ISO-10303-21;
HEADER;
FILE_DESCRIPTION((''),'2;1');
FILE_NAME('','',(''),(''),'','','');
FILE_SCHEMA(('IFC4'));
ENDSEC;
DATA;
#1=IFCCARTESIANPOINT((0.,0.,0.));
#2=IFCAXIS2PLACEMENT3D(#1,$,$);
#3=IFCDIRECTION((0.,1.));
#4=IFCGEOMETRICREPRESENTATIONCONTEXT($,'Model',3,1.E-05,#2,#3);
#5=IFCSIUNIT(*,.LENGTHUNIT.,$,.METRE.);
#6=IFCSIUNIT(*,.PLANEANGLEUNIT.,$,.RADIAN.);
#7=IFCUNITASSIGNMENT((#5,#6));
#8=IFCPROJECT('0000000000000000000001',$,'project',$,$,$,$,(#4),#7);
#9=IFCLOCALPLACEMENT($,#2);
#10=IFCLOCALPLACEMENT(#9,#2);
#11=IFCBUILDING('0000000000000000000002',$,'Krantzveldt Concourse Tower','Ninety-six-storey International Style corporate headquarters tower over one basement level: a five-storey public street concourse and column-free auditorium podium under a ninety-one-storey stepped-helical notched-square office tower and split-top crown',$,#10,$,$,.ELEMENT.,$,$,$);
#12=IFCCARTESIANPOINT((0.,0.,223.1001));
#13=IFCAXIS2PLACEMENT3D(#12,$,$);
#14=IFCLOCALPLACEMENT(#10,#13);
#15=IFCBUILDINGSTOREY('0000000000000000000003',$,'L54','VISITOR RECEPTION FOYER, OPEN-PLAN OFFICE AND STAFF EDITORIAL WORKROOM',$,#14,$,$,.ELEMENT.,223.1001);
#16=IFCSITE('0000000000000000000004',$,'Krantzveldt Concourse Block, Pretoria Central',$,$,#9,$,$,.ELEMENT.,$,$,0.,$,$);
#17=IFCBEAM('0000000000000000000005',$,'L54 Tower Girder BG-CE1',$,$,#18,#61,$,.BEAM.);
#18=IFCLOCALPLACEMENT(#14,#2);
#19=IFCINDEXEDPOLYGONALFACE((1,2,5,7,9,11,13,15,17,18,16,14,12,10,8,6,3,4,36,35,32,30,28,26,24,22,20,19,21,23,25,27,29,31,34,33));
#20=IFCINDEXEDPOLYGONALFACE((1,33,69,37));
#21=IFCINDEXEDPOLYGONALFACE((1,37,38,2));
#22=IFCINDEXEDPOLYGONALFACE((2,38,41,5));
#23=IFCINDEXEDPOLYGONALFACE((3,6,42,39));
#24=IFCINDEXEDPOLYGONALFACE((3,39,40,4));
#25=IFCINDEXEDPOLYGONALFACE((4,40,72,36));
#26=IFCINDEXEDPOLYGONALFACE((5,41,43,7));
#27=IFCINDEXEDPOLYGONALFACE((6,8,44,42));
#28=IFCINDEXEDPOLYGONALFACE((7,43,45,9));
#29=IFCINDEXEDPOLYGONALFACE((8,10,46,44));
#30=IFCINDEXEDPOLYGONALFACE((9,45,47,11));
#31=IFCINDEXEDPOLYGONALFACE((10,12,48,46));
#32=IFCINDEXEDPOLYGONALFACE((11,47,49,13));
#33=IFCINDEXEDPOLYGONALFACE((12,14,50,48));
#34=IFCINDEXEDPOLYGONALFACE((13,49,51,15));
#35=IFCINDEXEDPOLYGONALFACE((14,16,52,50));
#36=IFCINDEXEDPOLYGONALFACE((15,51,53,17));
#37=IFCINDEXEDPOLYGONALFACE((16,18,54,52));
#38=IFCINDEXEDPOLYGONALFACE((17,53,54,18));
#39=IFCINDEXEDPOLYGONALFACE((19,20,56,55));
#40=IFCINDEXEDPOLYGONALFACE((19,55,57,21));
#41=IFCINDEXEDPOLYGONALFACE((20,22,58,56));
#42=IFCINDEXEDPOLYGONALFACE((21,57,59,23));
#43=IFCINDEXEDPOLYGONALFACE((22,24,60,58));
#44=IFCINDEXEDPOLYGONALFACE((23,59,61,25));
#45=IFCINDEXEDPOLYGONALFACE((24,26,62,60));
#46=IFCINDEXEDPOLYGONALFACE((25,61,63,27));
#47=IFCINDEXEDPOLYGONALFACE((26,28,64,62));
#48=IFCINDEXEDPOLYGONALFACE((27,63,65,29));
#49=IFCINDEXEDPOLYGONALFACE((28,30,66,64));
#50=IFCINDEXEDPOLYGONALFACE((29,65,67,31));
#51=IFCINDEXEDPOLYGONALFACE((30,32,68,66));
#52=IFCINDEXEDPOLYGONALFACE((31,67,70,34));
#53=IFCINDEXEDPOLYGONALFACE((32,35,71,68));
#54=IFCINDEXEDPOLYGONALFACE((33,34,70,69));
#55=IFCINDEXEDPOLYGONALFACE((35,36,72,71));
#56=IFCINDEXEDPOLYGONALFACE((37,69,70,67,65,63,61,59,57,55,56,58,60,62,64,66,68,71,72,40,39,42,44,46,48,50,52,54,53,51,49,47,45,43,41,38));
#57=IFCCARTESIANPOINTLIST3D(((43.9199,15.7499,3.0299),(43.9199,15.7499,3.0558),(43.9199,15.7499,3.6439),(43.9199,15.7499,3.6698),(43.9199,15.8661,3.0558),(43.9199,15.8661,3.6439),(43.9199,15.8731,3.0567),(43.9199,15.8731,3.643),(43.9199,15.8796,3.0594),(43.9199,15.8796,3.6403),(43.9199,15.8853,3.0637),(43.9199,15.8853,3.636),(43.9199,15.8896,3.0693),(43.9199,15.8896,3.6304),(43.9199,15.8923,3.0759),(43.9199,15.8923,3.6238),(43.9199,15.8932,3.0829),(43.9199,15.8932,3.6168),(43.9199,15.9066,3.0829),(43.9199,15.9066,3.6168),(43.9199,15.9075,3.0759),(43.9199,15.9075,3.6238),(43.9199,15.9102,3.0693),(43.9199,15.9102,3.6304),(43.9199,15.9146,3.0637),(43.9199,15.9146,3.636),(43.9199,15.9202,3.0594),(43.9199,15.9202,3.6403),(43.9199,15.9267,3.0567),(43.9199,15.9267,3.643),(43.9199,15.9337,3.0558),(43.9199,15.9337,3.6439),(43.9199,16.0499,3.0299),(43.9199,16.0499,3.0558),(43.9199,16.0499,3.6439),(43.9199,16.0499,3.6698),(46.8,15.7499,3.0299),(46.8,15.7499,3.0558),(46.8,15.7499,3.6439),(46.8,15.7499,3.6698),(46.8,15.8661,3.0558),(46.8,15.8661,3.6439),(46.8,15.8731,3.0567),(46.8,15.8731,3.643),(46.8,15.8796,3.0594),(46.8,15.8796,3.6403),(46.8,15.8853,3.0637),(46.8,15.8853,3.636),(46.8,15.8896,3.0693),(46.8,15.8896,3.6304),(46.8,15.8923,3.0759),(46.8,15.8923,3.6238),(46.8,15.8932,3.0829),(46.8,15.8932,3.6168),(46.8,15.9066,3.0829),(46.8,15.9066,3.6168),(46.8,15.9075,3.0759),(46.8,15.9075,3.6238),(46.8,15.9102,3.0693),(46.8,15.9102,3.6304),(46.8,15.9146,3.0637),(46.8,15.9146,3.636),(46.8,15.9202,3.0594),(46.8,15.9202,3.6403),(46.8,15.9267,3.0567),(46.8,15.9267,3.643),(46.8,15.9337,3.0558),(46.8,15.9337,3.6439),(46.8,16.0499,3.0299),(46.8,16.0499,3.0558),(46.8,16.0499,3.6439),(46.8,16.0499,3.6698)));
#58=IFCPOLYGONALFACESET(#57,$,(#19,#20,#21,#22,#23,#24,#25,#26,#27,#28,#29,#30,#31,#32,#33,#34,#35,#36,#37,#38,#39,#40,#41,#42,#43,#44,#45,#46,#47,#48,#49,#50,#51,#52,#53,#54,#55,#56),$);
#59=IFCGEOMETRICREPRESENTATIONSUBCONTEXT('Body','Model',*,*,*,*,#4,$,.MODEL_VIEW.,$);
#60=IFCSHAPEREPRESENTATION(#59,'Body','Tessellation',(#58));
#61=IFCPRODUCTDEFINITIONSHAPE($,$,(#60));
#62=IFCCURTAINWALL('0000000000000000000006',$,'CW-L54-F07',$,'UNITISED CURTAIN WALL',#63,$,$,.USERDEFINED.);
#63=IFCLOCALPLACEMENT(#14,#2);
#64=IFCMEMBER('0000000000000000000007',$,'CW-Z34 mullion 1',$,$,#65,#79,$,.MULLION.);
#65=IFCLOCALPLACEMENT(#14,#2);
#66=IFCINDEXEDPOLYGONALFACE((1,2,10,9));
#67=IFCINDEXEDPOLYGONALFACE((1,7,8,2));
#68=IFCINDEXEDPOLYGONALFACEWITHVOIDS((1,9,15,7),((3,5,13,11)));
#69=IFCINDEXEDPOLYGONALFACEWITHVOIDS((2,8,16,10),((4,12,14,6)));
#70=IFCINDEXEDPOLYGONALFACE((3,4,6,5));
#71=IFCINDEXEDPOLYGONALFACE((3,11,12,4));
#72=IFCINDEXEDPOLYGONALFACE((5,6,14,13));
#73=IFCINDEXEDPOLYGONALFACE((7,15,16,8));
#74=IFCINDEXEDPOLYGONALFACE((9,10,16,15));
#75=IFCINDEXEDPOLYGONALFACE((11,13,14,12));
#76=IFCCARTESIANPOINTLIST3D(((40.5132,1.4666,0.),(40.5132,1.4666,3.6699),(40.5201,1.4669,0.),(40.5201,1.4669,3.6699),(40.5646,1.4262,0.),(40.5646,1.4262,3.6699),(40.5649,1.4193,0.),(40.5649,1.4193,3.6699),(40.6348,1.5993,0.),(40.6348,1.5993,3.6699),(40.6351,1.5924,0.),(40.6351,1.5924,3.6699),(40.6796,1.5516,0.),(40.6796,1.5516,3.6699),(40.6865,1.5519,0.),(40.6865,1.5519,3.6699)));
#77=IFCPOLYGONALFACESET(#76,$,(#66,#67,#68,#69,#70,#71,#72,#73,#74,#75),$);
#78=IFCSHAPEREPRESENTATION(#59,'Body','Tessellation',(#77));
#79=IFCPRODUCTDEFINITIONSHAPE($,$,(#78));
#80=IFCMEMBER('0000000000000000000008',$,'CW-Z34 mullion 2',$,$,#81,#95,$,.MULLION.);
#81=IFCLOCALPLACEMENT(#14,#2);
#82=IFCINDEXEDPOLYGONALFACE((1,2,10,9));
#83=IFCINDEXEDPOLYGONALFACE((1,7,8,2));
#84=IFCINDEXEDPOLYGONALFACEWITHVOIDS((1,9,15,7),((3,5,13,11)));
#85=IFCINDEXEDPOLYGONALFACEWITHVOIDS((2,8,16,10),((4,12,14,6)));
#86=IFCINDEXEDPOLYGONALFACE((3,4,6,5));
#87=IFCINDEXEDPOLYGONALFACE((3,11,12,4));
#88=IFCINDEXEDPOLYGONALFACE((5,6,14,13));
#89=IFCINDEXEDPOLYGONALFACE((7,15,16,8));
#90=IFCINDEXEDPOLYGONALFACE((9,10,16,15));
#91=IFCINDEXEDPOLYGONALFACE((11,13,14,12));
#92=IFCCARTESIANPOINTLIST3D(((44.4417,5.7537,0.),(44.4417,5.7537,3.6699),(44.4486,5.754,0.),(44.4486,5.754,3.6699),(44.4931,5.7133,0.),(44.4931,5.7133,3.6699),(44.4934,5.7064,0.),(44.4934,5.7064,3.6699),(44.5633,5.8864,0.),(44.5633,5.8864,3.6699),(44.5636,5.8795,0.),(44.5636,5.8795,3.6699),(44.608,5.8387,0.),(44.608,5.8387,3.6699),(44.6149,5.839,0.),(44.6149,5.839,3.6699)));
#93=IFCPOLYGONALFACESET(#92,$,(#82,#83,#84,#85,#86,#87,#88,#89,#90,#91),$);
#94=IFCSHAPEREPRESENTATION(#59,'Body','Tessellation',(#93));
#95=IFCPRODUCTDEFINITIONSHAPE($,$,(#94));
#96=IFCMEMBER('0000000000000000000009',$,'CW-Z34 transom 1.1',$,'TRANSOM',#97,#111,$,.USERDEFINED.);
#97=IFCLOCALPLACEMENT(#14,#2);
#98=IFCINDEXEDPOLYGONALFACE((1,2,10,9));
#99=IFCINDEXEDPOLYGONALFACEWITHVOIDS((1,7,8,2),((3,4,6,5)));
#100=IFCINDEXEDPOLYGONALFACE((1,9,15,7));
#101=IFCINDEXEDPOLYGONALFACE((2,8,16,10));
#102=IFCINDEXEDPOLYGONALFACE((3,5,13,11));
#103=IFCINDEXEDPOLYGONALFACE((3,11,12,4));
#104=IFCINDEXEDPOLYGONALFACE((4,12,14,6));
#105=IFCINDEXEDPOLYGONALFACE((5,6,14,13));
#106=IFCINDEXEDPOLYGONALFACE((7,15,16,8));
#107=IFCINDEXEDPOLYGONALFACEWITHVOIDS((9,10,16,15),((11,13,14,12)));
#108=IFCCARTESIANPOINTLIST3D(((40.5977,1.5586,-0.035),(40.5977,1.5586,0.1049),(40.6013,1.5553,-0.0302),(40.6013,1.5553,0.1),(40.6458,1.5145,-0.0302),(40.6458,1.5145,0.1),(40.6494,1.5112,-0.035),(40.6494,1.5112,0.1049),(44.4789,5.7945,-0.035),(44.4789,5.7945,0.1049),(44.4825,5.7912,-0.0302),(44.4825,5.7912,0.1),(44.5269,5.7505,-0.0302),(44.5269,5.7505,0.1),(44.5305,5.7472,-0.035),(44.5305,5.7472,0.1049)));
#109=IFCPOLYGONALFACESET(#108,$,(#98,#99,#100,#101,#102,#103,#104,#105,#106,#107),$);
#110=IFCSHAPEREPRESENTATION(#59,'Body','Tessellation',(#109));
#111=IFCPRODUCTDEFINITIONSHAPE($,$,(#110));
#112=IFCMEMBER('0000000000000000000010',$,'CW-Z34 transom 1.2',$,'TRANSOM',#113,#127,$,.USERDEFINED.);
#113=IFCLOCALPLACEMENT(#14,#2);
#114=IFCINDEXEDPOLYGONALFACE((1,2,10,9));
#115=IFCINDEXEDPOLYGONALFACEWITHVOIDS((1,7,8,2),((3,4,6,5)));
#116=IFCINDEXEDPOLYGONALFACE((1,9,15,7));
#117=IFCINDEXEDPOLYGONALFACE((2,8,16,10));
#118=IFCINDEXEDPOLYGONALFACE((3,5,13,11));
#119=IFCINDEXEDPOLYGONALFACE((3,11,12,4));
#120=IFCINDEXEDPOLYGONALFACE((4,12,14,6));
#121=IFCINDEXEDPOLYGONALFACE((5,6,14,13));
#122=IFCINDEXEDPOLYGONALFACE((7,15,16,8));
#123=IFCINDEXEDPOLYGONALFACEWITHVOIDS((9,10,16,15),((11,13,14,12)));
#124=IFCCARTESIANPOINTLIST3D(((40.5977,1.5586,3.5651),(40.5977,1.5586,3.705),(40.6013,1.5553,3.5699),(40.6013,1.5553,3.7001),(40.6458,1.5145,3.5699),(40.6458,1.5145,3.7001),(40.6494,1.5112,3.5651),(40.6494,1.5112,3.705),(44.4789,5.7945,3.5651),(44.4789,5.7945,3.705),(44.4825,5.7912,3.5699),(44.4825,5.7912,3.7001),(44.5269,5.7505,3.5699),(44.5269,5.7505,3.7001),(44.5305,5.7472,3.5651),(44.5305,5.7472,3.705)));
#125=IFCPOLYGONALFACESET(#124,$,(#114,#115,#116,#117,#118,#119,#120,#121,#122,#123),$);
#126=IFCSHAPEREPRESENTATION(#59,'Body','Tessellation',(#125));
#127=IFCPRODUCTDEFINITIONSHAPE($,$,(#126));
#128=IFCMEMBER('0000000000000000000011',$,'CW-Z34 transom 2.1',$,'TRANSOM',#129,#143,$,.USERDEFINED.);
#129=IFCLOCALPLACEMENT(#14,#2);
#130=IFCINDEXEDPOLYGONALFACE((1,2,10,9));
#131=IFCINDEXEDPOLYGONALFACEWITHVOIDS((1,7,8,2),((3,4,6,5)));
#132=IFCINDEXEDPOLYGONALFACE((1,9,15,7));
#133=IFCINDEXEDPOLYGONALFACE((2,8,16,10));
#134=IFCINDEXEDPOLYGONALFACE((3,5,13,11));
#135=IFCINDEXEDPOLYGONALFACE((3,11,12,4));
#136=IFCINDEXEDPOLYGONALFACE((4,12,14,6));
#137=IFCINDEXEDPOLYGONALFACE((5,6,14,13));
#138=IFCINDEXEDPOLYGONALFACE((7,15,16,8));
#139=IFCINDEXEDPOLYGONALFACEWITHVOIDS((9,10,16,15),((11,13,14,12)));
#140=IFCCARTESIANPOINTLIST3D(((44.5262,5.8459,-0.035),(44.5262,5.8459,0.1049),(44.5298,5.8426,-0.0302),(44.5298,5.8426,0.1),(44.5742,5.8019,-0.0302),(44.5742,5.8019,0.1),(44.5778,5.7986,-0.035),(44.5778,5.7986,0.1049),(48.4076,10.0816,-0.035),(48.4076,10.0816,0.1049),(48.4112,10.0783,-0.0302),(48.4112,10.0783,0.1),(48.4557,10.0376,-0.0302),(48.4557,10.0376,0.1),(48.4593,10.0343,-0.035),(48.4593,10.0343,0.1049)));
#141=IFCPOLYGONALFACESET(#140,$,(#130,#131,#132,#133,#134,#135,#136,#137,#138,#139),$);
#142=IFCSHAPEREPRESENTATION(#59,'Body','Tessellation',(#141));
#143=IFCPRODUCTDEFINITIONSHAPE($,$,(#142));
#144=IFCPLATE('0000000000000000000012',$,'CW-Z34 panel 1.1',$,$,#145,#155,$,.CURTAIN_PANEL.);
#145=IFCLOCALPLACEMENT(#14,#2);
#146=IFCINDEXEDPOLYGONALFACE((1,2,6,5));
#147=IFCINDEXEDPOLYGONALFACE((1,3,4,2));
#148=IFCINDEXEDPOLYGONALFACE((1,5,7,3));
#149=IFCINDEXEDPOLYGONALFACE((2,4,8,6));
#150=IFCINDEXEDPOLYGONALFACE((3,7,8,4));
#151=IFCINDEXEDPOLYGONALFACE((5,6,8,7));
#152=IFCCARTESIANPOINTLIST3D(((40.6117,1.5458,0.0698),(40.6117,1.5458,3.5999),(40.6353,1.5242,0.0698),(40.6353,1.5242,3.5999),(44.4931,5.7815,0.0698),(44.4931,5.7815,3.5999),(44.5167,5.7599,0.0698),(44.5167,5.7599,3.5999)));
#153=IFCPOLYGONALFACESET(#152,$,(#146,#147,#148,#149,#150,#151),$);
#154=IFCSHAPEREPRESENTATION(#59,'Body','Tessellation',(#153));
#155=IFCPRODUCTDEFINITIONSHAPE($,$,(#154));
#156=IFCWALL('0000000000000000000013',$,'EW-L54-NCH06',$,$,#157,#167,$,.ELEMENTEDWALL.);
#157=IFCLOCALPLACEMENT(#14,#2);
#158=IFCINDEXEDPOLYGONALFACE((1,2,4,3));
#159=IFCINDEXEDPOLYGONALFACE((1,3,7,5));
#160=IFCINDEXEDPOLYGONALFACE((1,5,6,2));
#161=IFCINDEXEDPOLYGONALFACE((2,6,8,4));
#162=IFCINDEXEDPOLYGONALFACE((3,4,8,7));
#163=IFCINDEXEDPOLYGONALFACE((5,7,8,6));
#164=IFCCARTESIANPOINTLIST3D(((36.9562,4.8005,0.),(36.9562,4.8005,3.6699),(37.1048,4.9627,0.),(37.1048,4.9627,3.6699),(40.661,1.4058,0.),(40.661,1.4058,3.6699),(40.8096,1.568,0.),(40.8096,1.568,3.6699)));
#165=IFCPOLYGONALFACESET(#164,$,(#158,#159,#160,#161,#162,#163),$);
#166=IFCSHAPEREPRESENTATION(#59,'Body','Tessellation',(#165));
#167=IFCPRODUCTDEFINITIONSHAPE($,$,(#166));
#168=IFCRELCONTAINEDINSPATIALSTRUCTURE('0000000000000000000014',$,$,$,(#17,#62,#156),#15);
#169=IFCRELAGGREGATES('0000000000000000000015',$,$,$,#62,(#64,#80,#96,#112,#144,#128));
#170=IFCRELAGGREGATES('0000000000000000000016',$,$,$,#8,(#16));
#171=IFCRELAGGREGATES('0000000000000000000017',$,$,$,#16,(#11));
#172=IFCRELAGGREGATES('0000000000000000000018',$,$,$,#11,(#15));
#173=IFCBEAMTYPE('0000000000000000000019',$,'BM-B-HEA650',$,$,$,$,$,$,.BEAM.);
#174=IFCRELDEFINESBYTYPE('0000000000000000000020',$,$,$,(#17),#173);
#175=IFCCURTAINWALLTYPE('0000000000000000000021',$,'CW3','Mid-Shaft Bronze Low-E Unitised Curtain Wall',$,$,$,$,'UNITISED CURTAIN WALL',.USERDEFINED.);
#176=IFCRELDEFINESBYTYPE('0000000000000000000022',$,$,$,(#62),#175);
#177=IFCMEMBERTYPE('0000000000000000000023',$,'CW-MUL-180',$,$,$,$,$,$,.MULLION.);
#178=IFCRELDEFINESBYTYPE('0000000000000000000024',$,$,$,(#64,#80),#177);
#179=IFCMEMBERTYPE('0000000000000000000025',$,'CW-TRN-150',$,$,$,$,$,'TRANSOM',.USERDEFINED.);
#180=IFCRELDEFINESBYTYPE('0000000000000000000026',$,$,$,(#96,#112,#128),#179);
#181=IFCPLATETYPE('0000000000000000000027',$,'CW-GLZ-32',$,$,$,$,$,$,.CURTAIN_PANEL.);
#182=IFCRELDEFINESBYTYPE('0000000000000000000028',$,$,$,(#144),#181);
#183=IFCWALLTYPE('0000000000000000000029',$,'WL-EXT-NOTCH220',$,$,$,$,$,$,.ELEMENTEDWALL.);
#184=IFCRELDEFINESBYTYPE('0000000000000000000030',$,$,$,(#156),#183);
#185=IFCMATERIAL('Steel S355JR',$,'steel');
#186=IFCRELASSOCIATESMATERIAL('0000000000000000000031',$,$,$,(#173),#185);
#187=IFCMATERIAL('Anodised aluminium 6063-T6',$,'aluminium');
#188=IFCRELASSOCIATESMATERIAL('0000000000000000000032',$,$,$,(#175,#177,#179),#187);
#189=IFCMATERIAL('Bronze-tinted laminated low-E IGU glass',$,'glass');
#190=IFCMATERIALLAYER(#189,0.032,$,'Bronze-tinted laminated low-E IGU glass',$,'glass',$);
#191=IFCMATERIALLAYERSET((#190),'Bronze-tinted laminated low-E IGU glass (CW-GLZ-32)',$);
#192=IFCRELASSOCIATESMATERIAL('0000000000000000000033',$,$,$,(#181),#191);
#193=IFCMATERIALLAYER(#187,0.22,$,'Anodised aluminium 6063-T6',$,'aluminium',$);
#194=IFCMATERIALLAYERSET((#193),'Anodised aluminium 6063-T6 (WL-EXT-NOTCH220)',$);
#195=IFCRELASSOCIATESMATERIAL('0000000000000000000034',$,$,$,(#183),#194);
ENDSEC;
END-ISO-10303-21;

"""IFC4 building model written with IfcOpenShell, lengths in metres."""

from ifc_helpers import new_model, si_unit, direction, frame, frame_2d, origin, origin_2d, place, context, subcontext, project, spatial, rectangle, hollow_rectangle, i_section, extrude, source, transform, mapped, material, layer, layer_set, material_profile, profile_set, type_object, type_shapes, element, aggregate, save


model = new_model("IFC4")

# Units and contexts
model_context = context("Model", 3, precision=1e-05, world=origin(), true_north=direction((0.0, 1.0)))
body_context = subcontext(model_context, "Body", "Model", "MODEL_VIEW")
ifc_project = project(units=[si_unit("LENGTHUNIT", "METRE"), si_unit("PLANEANGLEUNIT", "RADIAN")], contexts=[model_context])

# Site, building, storey
site_placement = place(None, origin())
site = spatial("IfcSite", under=ifc_project, at=site_placement, Name="Krantzveldt Concourse Block, Pretoria Central", CompositionType="ELEMENT", RefElevation=0.0)
building_placement = place(site_placement, origin())
building = spatial("IfcBuilding", under=site, at=building_placement, Name="Krantzveldt Concourse Tower", Description="Ninety-six-storey International Style corporate headquarters tower over one basement level: a five-storey public street concourse and column-free auditorium podium under a ninety-one-storey stepped-helical notched-square office tower and split-top crown", CompositionType="ELEMENT")
storey_placement = place(building_placement, frame((0.0, 0.0, 223.1001)))
storey = spatial("IfcBuildingStorey", under=building, at=storey_placement, Name="L54", Description="VISITOR RECEPTION FOYER, OPEN-PLAN OFFICE AND STAFF EDITORIAL WORKROOM", CompositionType="ELEMENT", Elevation=223.1001)

# Beam
ifc_material_1 = material(Name="Steel S355JR", Category="steel")
ifc_material_profile_1 = material_profile(ifc_material_1, i_section(OverallWidth=0.3, OverallDepth=0.6399, WebThickness=0.0134, FlangeThickness=0.0259, FilletRadius=0.0271, at=origin_2d()), Name="Steel S355JR", Category="steel")
ifc_profile_set_1 = profile_set([ifc_material_profile_1], Name="Steel S355JR - HEA 650")
beam_type = type_object("IfcBeamType", Name="BM-B-HEA650", PredefinedType="BEAM", material=ifc_profile_set_1)
shared_shape_1 = source(origin(), body_context, "Body", "SweptSolid", [
    extrude(i_section(OverallWidth=0.3, OverallDepth=0.6399, WebThickness=0.0134, FlangeThickness=0.0259, FilletRadius=0.0271, at=origin_2d()), origin(), (0.0, 0.0, 1.0), 2.8801),
])
type_shapes(beam_type, [shared_shape_1])
beam_placement = place(storey_placement, frame((43.9199, 15.8999, 3.3499), z_axis=(1.0, 0.0, 0.0), x_axis=(0.0, 1.0, 0.0)))
element("IfcBeam", 1, at=beam_placement, inside=storey, type_object=beam_type, Name="L54 Tower Girder BG-CE1", PredefinedType="BEAM", context=body_context, shape_type="MappedRepresentation", body=[
    mapped(shared_shape_1, transform((0.0, 0.0, 0.0), x_axis=(1.0, 0.0, 0.0), y_axis=(0.0, 1.0, 0.0), z_axis=(0.0, 0.0, 1.0), scale=1.0)),
])

# Curtain wall, members, plate
ifc_material_2 = material(Name="Anodised aluminium 6063-T6", Category="aluminium")
curtain_wall_type = type_object("IfcCurtainWallType", Name="CW3", Description="Mid-Shaft Bronze Low-E Unitised Curtain Wall", ElementType="UNITISED CURTAIN WALL", PredefinedType="USERDEFINED", material=ifc_material_2)
curtain_wall_placement = place(storey_placement, origin())
curtain_wall = element("IfcCurtainWall", 2, at=curtain_wall_placement, inside=storey, type_object=curtain_wall_type, Name="CW-L54-F07", ObjectType="UNITISED CURTAIN WALL", PredefinedType="USERDEFINED")
ifc_material_profile_2 = material_profile(ifc_material_2, hollow_rectangle(XDim=0.0701, YDim=0.1799, WallThickness=0.0049, at=origin_2d()), Name="Anodised aluminium 6063-T6", Category="aluminium")
ifc_profile_set_2 = profile_set([ifc_material_profile_2], Name="Anodised aluminium 6063-T6 - ALU-MULL 180x70x5")
member_type_1 = type_object("IfcMemberType", Name="CW-MUL-180", PredefinedType="MULLION", material=ifc_profile_set_2)
shared_shape_2 = source(origin(), body_context, "Body", "SweptSolid", [
    extrude(hollow_rectangle(XDim=0.0701, YDim=0.1799, WallThickness=0.0049, at=origin_2d()), origin(), (0.0, 0.0, 1.0), 3.6699),
])
type_shapes(member_type_1, [shared_shape_2])
member_1_placement = place(storey_placement, frame((40.5999, 1.5093, 0.0), z_axis=(0.0, 0.0, 1.0), x_axis=(-0.737278, 0.67559, 0.0)))
member_1 = element("IfcMember", 3, at=member_1_placement, type_object=member_type_1, Name="CW-Z34 mullion 1", PredefinedType="MULLION", context=body_context, shape_type="MappedRepresentation", body=[
    mapped(shared_shape_2, transform((0.0, 0.0, 0.0), x_axis=(1.0, 0.0, 0.0), y_axis=(0.0, 1.0, 0.0), z_axis=(0.0, 0.0, 1.0), scale=1.0)),
])
member_2_placement = place(storey_placement, frame((44.5283, 5.7964, 0.0), z_axis=(0.0, 0.0, 1.0), x_axis=(-0.737278, 0.67559, 0.0)))
member_2 = element("IfcMember", 4, at=member_2_placement, type_object=member_type_1, Name="CW-Z34 mullion 2", PredefinedType="MULLION", context=body_context, shape_type="MappedRepresentation", body=[
    mapped(shared_shape_2, transform((0.0, 0.0, 0.0), x_axis=(1.0, 0.0, 0.0), y_axis=(0.0, 1.0, 0.0), z_axis=(0.0, 0.0, 1.0), scale=1.0)),
])
ifc_material_profile_3 = material_profile(ifc_material_2, hollow_rectangle(XDim=0.0701, YDim=0.1399, WallThickness=0.0049, at=origin_2d()), Name="Anodised aluminium 6063-T6", Category="aluminium")
ifc_profile_set_3 = profile_set([ifc_material_profile_3], Name="Anodised aluminium 6063-T6 - ALU-TRAN 140x70x5")
member_type_2 = type_object("IfcMemberType", Name="CW-TRN-150", ElementType="TRANSOM", PredefinedType="USERDEFINED", material=ifc_profile_set_3)
shared_shape_3 = source(origin(), body_context, "Body", "SweptSolid", [
    extrude(hollow_rectangle(XDim=0.0701, YDim=0.1399, WallThickness=0.0049, at=origin_2d()), origin(), (0.0, 0.0, 1.0), 5.7451),
])
type_shapes(member_type_2, [shared_shape_3])
member_3_placement = place(storey_placement, frame((40.6235, 1.5349, 0.0349), z_axis=(0.675559, 0.737306, 0.0), x_axis=(-0.737306, 0.675559, 0.0)))
member_3 = element("IfcMember", 5, at=member_3_placement, type_object=member_type_2, Name="CW-Z34 transom 1.1", ObjectType="TRANSOM", PredefinedType="USERDEFINED", context=body_context, shape_type="MappedRepresentation", body=[
    mapped(shared_shape_3, transform((0.0, 0.0, 0.0), x_axis=(1.0, 0.0, 0.0), y_axis=(0.0, 1.0, 0.0), z_axis=(0.0, 0.0, 1.0), scale=1.0)),
])
member_4_placement = place(storey_placement, frame((40.6235, 1.5349, 3.635), z_axis=(0.675559, 0.737306, 0.0), x_axis=(-0.737306, 0.675559, 0.0)))
member_4 = element("IfcMember", 6, at=member_4_placement, type_object=member_type_2, Name="CW-Z34 transom 1.2", ObjectType="TRANSOM", PredefinedType="USERDEFINED", context=body_context, shape_type="MappedRepresentation", body=[
    mapped(shared_shape_3, transform((0.0, 0.0, 0.0), x_axis=(1.0, 0.0, 0.0), y_axis=(0.0, 1.0, 0.0), z_axis=(0.0, 0.0, 1.0), scale=1.0)),
])
member_5_placement = place(storey_placement, frame((44.552, 5.8223, 0.0349), z_axis=(0.675603, 0.737265, 0.0), x_axis=(-0.737265, 0.675603, 0.0)))
member_5 = element("IfcMember", 7, at=member_5_placement, type_object=member_type_2, Name="CW-Z34 transom 2.1", ObjectType="TRANSOM", PredefinedType="USERDEFINED", context=body_context, shape_type="MappedRepresentation", body=[
    mapped(shared_shape_3, transform((0.0, 0.0, 0.0), x_axis=(1.0, 0.0, 0.0), y_axis=(0.0, 1.0, 0.0), z_axis=(0.0, 0.0, 1.0), scale=1.0)),
])
ifc_material_3 = material(Name="Bronze-tinted laminated low-E IGU glass", Category="glass")
ifc_layer_1 = layer(ifc_material_3, 0.032, Name="Bronze-tinted laminated low-E IGU glass", Category="glass")
ifc_layer_set_1 = layer_set([ifc_layer_1], Name="Bronze-tinted laminated low-E IGU glass (CW-GLZ-32)")
plate_type = type_object("IfcPlateType", Name="CW-GLZ-32", PredefinedType="CURTAIN_PANEL", material=ifc_layer_set_1)
shared_shape_4 = source(origin(), body_context, "Body", "SweptSolid", [
    extrude(rectangle(XDim=5.7451, YDim=0.032, at=origin_2d()), origin(), (0.0, 0.0, 1.0), 3.53),
])
type_shapes(plate_type, [shared_shape_4])
plate_placement = place(storey_placement, frame((42.5642, 3.6528, 0.0698), z_axis=(0.0, 0.0, 1.0), x_axis=(0.67559, 0.737278, 0.0)))
plate = element("IfcPlate", 8, at=plate_placement, type_object=plate_type, Name="CW-Z34 panel 1.1", PredefinedType="CURTAIN_PANEL", context=body_context, shape_type="MappedRepresentation", body=[
    mapped(shared_shape_4, transform((0.0, 0.0, 0.0), x_axis=(1.0, 0.0, 0.0), y_axis=(0.0, 1.0, 0.0), z_axis=(0.0, 0.0, 1.0), scale=1.0)),
])
aggregate(curtain_wall, [member_1, member_2, member_3, member_4, plate, member_5])

# Wall
ifc_layer_2 = layer(ifc_material_2, 0.22, Name="Anodised aluminium 6063-T6", Category="aluminium")
ifc_layer_set_2 = layer_set([ifc_layer_2], Name="Anodised aluminium 6063-T6 (WL-EXT-NOTCH220)")
wall_type_1 = type_object("IfcWallType", Name="WL-EXT-NOTCH220", PredefinedType="ELEMENTEDWALL", material=ifc_layer_set_2)
wall_1_placement = place(storey_placement, frame((37.0305, 4.8816, 0.0), z_axis=(0.0, 0.0, 1.0), x_axis=(0.737285, -0.675582, 0.0)))
element("IfcWall", 9, at=wall_1_placement, inside=storey, type_object=wall_type_1, Name="EW-L54-NCH06", PredefinedType="ELEMENTEDWALL", context=body_context, shape_type="SweptSolid", body=[
    extrude(rectangle(XDim=5.0249, YDim=0.22, at=frame_2d((2.5125, 0.0))), origin(), (0.0, 0.0, 1.0), 3.6699),
])

save(model, "model.ifc")
